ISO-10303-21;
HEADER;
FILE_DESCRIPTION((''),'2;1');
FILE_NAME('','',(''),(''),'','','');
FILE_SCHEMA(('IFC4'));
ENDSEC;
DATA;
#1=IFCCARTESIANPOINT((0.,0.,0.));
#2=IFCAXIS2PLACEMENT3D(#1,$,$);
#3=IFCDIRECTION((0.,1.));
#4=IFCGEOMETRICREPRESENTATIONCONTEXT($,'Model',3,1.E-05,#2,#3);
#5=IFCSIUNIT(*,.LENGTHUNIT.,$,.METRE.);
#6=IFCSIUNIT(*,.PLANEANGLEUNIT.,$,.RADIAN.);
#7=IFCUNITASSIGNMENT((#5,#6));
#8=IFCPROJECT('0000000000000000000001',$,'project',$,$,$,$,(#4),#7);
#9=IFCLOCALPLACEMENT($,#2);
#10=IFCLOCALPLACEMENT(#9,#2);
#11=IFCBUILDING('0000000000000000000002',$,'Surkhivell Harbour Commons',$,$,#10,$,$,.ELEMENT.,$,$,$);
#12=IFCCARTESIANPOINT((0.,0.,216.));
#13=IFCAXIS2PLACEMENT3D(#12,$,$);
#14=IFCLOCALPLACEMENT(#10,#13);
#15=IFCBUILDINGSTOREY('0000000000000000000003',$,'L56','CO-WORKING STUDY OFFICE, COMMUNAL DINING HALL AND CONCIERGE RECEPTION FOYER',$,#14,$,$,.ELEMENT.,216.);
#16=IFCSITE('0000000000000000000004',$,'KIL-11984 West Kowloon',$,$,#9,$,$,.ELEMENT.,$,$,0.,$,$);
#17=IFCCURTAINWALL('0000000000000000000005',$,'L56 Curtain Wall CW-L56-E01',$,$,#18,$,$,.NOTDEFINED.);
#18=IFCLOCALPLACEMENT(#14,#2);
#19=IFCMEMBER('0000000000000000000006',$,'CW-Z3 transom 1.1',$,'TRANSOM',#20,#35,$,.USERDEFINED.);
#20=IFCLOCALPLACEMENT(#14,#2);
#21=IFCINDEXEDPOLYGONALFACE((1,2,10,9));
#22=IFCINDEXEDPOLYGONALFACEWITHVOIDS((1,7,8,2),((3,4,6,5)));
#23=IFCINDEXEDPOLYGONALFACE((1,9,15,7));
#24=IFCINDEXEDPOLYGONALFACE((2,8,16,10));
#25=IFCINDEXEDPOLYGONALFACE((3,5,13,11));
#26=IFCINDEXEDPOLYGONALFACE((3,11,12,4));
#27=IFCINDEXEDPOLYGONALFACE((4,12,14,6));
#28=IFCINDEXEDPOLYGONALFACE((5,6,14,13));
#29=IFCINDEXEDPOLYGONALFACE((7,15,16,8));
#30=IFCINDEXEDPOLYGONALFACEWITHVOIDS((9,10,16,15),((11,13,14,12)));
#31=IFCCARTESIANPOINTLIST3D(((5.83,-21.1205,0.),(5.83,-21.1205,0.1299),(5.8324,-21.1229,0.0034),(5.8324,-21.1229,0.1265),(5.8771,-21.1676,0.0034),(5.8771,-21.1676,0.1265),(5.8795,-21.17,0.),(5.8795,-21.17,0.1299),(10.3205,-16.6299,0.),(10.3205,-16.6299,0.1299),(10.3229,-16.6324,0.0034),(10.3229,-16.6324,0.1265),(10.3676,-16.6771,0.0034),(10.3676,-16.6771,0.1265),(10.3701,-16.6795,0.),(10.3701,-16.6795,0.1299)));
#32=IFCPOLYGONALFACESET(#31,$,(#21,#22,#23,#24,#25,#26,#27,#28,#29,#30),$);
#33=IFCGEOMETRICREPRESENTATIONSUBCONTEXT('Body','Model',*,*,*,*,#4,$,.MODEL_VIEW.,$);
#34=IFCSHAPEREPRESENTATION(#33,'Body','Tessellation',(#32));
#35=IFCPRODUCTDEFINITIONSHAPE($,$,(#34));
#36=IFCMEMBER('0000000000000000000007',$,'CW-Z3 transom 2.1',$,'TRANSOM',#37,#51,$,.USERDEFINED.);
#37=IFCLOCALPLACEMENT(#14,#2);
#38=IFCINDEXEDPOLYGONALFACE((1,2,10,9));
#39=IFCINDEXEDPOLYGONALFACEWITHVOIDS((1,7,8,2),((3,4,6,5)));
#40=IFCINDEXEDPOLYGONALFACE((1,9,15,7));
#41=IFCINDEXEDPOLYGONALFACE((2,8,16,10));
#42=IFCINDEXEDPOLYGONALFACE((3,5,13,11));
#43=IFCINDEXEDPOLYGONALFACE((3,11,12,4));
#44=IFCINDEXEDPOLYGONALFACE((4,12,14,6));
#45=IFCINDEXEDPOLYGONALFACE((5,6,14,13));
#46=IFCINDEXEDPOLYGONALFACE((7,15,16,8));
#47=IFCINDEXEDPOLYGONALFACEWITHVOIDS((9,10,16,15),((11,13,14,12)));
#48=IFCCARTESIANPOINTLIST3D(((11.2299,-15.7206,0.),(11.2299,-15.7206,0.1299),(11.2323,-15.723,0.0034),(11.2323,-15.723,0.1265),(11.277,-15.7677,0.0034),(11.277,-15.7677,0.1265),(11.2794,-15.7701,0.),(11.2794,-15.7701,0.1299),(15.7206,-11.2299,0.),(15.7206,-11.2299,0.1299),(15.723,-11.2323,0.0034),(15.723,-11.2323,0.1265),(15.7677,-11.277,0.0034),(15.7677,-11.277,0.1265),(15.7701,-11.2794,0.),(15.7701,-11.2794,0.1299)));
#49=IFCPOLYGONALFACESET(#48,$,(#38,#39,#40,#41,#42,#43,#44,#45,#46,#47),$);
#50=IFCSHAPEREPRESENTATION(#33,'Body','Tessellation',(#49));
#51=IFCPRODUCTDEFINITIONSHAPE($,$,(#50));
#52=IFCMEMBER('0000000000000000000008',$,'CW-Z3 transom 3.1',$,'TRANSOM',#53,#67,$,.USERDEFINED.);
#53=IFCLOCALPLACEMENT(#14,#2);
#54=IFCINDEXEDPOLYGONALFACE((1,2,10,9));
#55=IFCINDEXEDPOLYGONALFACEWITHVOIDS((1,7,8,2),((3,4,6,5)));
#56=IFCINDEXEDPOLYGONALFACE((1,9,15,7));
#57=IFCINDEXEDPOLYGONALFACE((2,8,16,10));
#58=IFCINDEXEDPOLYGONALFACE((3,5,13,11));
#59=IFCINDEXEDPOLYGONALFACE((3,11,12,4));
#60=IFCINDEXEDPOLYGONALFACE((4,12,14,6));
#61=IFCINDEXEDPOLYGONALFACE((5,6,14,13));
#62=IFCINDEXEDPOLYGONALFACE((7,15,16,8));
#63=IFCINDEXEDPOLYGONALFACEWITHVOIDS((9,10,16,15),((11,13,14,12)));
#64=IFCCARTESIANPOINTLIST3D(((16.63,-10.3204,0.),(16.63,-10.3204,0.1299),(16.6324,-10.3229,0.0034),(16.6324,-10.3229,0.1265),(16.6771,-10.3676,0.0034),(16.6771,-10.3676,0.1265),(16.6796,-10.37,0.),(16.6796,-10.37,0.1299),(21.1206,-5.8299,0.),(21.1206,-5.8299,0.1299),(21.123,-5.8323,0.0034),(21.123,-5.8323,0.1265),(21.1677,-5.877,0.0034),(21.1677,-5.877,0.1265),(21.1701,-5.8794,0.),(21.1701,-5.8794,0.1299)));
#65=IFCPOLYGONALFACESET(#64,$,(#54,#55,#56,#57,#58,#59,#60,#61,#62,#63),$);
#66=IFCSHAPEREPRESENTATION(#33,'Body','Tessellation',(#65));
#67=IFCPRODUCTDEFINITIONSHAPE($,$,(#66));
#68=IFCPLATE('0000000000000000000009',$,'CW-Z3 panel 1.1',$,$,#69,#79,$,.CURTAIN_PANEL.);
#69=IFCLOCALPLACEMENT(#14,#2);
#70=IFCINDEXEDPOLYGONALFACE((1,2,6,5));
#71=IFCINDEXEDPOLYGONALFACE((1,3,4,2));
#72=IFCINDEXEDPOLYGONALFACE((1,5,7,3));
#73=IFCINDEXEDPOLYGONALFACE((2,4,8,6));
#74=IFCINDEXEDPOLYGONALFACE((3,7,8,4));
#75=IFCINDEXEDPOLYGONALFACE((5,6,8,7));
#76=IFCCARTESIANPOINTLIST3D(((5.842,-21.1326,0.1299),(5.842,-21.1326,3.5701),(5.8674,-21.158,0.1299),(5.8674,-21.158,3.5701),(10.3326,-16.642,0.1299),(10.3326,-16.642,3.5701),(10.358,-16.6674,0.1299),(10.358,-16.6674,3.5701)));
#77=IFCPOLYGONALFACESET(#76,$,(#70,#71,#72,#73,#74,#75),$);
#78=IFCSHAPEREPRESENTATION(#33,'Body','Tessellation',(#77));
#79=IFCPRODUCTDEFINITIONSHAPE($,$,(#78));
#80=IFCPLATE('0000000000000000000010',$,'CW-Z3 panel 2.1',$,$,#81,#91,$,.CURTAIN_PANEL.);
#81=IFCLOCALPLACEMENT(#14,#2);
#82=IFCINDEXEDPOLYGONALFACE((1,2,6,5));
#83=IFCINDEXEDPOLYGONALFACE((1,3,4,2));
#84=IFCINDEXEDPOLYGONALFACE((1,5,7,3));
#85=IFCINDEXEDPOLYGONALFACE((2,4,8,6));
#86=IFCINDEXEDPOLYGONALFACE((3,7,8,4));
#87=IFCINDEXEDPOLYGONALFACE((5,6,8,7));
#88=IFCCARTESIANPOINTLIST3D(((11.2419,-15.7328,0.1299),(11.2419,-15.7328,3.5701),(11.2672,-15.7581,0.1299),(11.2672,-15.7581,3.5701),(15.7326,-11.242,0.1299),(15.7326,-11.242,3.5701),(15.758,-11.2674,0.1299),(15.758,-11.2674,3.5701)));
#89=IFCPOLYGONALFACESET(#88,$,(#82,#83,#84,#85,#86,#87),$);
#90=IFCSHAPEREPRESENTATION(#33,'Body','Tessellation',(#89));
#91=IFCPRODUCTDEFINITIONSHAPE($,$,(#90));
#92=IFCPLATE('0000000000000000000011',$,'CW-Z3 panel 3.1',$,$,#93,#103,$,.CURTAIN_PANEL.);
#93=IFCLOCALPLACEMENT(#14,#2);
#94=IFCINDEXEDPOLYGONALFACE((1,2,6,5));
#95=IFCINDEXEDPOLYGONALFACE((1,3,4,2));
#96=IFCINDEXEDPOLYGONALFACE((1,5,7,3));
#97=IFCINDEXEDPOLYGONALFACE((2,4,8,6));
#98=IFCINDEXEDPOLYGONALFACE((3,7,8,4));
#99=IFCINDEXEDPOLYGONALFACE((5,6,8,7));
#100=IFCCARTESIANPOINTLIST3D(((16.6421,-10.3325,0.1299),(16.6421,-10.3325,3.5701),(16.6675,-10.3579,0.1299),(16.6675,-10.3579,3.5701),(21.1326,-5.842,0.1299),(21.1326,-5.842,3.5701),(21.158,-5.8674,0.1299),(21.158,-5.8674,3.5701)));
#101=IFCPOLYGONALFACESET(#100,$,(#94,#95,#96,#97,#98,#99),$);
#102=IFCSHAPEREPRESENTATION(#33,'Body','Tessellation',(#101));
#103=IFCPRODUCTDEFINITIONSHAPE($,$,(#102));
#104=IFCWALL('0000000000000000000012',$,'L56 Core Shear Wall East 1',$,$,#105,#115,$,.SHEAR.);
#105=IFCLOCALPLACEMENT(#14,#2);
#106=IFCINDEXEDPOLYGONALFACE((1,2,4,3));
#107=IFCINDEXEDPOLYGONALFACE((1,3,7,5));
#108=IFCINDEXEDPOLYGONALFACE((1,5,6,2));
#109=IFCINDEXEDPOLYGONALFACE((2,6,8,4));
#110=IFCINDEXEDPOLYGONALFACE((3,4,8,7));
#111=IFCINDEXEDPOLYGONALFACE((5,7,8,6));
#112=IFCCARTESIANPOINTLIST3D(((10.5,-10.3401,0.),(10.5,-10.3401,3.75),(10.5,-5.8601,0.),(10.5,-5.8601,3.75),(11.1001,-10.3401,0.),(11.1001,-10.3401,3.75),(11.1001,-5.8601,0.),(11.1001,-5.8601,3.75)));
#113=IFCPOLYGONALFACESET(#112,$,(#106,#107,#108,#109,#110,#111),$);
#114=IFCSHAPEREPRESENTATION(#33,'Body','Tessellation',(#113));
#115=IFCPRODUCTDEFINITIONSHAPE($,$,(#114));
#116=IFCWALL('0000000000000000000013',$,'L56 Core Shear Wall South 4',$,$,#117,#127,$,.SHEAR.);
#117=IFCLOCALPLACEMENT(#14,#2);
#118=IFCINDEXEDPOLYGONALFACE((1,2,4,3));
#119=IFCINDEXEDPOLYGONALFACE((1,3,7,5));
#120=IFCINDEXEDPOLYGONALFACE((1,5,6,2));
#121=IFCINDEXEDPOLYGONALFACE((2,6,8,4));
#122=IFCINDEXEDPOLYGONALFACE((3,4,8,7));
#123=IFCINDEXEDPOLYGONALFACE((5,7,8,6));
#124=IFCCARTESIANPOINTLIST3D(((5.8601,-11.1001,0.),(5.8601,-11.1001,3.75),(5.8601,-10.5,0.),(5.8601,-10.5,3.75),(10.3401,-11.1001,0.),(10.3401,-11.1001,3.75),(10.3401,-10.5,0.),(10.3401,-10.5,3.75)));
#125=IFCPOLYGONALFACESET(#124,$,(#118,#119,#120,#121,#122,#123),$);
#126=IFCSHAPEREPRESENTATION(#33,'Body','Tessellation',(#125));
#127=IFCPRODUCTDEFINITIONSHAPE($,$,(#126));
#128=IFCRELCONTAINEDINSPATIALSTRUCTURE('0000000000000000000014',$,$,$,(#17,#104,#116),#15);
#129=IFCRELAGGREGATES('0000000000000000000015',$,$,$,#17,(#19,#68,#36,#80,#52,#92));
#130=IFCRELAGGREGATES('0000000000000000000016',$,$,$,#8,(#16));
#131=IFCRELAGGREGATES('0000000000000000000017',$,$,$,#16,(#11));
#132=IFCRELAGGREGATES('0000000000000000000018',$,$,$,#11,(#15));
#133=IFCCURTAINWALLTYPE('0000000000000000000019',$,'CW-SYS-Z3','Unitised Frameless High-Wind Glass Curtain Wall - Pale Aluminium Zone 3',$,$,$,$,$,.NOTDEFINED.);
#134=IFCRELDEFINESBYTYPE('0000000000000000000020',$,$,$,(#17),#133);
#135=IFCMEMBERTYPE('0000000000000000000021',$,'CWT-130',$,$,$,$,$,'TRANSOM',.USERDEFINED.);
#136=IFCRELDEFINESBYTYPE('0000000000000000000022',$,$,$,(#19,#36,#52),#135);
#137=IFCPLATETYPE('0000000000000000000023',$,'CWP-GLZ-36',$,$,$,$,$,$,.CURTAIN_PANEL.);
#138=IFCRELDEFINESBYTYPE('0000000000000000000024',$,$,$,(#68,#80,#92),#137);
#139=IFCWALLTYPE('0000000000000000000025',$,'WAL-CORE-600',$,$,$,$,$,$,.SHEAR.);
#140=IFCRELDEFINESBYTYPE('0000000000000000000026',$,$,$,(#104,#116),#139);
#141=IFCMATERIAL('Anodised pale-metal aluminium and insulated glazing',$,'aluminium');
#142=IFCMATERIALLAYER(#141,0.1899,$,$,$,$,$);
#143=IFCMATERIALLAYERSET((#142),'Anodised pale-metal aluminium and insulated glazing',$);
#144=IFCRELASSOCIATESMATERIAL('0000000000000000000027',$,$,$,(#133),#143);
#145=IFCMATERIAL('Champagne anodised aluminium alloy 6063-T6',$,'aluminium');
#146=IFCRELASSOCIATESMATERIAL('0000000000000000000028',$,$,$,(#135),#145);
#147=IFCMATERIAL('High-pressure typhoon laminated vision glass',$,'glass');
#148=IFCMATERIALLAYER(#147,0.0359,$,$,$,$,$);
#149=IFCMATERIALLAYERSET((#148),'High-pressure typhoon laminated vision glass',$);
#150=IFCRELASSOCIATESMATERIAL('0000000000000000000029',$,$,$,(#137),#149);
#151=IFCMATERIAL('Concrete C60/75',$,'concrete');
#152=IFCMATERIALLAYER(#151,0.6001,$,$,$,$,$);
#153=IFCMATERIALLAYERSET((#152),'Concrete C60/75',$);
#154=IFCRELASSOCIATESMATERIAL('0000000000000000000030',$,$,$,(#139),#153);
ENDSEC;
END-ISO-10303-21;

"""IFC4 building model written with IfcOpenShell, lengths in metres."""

from ifc_helpers import new_model, si_unit, direction, frame, frame_2d, origin, origin_2d, place, context, subcontext, project, spatial, rectangle, hollow_rectangle, extrude, material, layer, layer_set, material_profile, profile_set, type_object, element, aggregate, save


model = new_model("IFC4")

# Units and contexts
model_context = context("Model", 3, precision=1e-05, world=origin(), true_north=direction((0.0, 1.0)))
body_context = subcontext(model_context, "Body", "Model", "MODEL_VIEW")
ifc_project = project(units=[si_unit("LENGTHUNIT", "METRE"), si_unit("PLANEANGLEUNIT", "RADIAN")], contexts=[model_context])

# Site, building, storey
site_placement = place(None, origin())
site = spatial("IfcSite", under=ifc_project, at=site_placement, Name="KIL-11984 West Kowloon", CompositionType="ELEMENT", RefElevation=0.0)
building_placement = place(site_placement, origin())
building = spatial("IfcBuilding", under=site, at=building_placement, Name="Surkhivell Harbour Commons", CompositionType="ELEMENT")
storey_placement = place(building_placement, frame((0.0, 0.0, 216.0)))
storey = spatial("IfcBuildingStorey", under=building, at=storey_placement, Name="L56", Description="CO-WORKING STUDY OFFICE, COMMUNAL DINING HALL AND CONCIERGE RECEPTION FOYER", CompositionType="ELEMENT", Elevation=216.0)

# Shared definitions
ifc_material_1 = material(Name="Concrete C60/75", Category="concrete")

# Curtain wall, members, plates
ifc_material_2 = material(Name="Anodised pale-metal aluminium and insulated glazing", Category="aluminium")
ifc_layer_1 = layer(ifc_material_2, 0.1899)
ifc_layer_set_1 = layer_set([ifc_layer_1], Name="Anodised pale-metal aluminium and insulated glazing")
curtain_wall_type = type_object("IfcCurtainWallType", Name="CW-SYS-Z3", Description="Unitised Frameless High-Wind Glass Curtain Wall - Pale Aluminium Zone 3", PredefinedType="NOTDEFINED", material=ifc_layer_set_1)
curtain_wall_placement = place(storey_placement, origin())
curtain_wall = element("IfcCurtainWall", 1, at=curtain_wall_placement, inside=storey, type_object=curtain_wall_type, Name="L56 Curtain Wall CW-L56-E01", PredefinedType="NOTDEFINED")
ifc_material_3 = material(Name="Champagne anodised aluminium alloy 6063-T6", Category="aluminium")
ifc_material_profile_1 = material_profile(ifc_material_3, hollow_rectangle(XDim=0.0701, YDim=0.1299, WallThickness=0.0034, at=origin_2d()), Name="ALU-TRAN-70x130")
ifc_profile_set_1 = profile_set([ifc_material_profile_1], Name="Champagne anodised aluminium alloy 6063-T6")
member_type_1 = type_object("IfcMemberType", Name="CWT-130", ElementType="TRANSOM", PredefinedType="USERDEFINED", material=ifc_profile_set_1)
member_1_placement = place(storey_placement, frame((5.8547, -21.1453, 0.0649), z_axis=(0.707107, 0.707107, 0.0), x_axis=(-0.707107, 0.707107, 0.0)))
member_1 = element("IfcMember", 2, at=member_1_placement, type_object=member_type_1, Name="CW-Z3 transom 1.1", ObjectType="TRANSOM", PredefinedType="USERDEFINED", context=body_context, shape_type="SweptSolid", body=[
    extrude(hollow_rectangle(XDim=0.0701, YDim=0.1299, WallThickness=0.0034, at=origin_2d()), origin(), (0.0, 0.0, 1.0), 6.3506),
])
member_2_placement = place(storey_placement, frame((11.2546, -15.7454, 0.0649), z_axis=(0.707107, 0.707107, 0.0), x_axis=(-0.707107, 0.707107, 0.0)))
member_2 = element("IfcMember", 3, at=member_2_placement, type_object=member_type_1, Name="CW-Z3 transom 2.1", ObjectType="TRANSOM", PredefinedType="USERDEFINED", context=body_context, shape_type="SweptSolid", body=[
    extrude(hollow_rectangle(XDim=0.0701, YDim=0.1299, WallThickness=0.0034, at=origin_2d()), origin(), (0.0, 0.0, 1.0), 6.3508),
])
member_3_placement = place(storey_placement, frame((16.6548, -10.3452, 0.0649), z_axis=(0.707107, 0.707107, 0.0), x_axis=(-0.707107, 0.707107, 0.0)))
member_3 = element("IfcMember", 4, at=member_3_placement, type_object=member_type_1, Name="CW-Z3 transom 3.1", ObjectType="TRANSOM", PredefinedType="USERDEFINED", context=body_context, shape_type="SweptSolid", body=[
    extrude(hollow_rectangle(XDim=0.0701, YDim=0.1299, WallThickness=0.0034, at=origin_2d()), origin(), (0.0, 0.0, 1.0), 6.3506),
])
ifc_material_4 = material(Name="High-pressure typhoon laminated vision glass", Category="glass")
ifc_layer_2 = layer(ifc_material_4, 0.0359)
ifc_layer_set_2 = layer_set([ifc_layer_2], Name="High-pressure typhoon laminated vision glass")
plate_type = type_object("IfcPlateType", Name="CWP-GLZ-36", PredefinedType="CURTAIN_PANEL", material=ifc_layer_set_2)
plate_1_placement = place(storey_placement, frame((5.8547, -21.1453, 0.1299), z_axis=(0.0, 0.0, 1.0), x_axis=(0.707107, 0.707107, 0.0)))
plate_1 = element("IfcPlate", 5, at=plate_1_placement, type_object=plate_type, Name="CW-Z3 panel 1.1", PredefinedType="CURTAIN_PANEL", context=body_context, shape_type="SweptSolid", body=[
    extrude(rectangle(XDim=6.3506, YDim=0.0359, at=frame_2d((3.1753, 0.0))), origin(), (0.0, 0.0, 1.0), 3.4402),
])
plate_2_placement = place(storey_placement, frame((11.2546, -15.7454, 0.1299), z_axis=(0.0, 0.0, 1.0), x_axis=(0.707107, 0.707107, 0.0)))
plate_2 = element("IfcPlate", 6, at=plate_2_placement, type_object=plate_type, Name="CW-Z3 panel 2.1", PredefinedType="CURTAIN_PANEL", context=body_context, shape_type="SweptSolid", body=[
    extrude(rectangle(XDim=6.3508, YDim=0.0359, at=frame_2d((3.1753, 0.0))), origin(), (0.0, 0.0, 1.0), 3.4402),
])
plate_3_placement = place(storey_placement, frame((16.6548, -10.3452, 0.1299), z_axis=(0.0, 0.0, 1.0), x_axis=(0.707107, 0.707107, 0.0)))
plate_3 = element("IfcPlate", 7, at=plate_3_placement, type_object=plate_type, Name="CW-Z3 panel 3.1", PredefinedType="CURTAIN_PANEL", context=body_context, shape_type="SweptSolid", body=[
    extrude(rectangle(XDim=6.3506, YDim=0.0359, at=frame_2d((3.1753, 0.0))), origin(), (0.0, 0.0, 1.0), 3.4402),
])
aggregate(curtain_wall, [member_1, plate_1, member_2, plate_2, member_3, plate_3])

# Walls
ifc_layer_3 = layer(ifc_material_1, 0.6001)
ifc_layer_set_3 = layer_set([ifc_layer_3], Name="Concrete C60/75")
wall_type_1 = type_object("IfcWallType", Name="WAL-CORE-600", PredefinedType="SHEAR", material=ifc_layer_set_3)
for number, where, z_axis, x_axis, name in (
    (8, (10.8, -10.3401, 0.0), (0.0, 0.0, 1.0), (0.0, 1.0, 0.0), "L56 Core Shear Wall East 1"),
    (9, (5.8601, -10.8, 0.0), (0.0, 0.0, 1.0), (1.0, 0.0, 0.0), "L56 Core Shear Wall South 4"),
):
    element("IfcWall", number, at=place(storey_placement, frame(where, z_axis=z_axis, x_axis=x_axis)), inside=storey, type_object=wall_type_1, Name=name, PredefinedType="SHEAR", context=body_context, shape_type="SweptSolid", body=[
        extrude(rectangle(XDim=4.48, YDim=0.6001, at=frame_2d((2.24, 0.0))), origin(), (0.0, 0.0, 1.0), 3.75),
    ])

save(model, "model.ifc")
